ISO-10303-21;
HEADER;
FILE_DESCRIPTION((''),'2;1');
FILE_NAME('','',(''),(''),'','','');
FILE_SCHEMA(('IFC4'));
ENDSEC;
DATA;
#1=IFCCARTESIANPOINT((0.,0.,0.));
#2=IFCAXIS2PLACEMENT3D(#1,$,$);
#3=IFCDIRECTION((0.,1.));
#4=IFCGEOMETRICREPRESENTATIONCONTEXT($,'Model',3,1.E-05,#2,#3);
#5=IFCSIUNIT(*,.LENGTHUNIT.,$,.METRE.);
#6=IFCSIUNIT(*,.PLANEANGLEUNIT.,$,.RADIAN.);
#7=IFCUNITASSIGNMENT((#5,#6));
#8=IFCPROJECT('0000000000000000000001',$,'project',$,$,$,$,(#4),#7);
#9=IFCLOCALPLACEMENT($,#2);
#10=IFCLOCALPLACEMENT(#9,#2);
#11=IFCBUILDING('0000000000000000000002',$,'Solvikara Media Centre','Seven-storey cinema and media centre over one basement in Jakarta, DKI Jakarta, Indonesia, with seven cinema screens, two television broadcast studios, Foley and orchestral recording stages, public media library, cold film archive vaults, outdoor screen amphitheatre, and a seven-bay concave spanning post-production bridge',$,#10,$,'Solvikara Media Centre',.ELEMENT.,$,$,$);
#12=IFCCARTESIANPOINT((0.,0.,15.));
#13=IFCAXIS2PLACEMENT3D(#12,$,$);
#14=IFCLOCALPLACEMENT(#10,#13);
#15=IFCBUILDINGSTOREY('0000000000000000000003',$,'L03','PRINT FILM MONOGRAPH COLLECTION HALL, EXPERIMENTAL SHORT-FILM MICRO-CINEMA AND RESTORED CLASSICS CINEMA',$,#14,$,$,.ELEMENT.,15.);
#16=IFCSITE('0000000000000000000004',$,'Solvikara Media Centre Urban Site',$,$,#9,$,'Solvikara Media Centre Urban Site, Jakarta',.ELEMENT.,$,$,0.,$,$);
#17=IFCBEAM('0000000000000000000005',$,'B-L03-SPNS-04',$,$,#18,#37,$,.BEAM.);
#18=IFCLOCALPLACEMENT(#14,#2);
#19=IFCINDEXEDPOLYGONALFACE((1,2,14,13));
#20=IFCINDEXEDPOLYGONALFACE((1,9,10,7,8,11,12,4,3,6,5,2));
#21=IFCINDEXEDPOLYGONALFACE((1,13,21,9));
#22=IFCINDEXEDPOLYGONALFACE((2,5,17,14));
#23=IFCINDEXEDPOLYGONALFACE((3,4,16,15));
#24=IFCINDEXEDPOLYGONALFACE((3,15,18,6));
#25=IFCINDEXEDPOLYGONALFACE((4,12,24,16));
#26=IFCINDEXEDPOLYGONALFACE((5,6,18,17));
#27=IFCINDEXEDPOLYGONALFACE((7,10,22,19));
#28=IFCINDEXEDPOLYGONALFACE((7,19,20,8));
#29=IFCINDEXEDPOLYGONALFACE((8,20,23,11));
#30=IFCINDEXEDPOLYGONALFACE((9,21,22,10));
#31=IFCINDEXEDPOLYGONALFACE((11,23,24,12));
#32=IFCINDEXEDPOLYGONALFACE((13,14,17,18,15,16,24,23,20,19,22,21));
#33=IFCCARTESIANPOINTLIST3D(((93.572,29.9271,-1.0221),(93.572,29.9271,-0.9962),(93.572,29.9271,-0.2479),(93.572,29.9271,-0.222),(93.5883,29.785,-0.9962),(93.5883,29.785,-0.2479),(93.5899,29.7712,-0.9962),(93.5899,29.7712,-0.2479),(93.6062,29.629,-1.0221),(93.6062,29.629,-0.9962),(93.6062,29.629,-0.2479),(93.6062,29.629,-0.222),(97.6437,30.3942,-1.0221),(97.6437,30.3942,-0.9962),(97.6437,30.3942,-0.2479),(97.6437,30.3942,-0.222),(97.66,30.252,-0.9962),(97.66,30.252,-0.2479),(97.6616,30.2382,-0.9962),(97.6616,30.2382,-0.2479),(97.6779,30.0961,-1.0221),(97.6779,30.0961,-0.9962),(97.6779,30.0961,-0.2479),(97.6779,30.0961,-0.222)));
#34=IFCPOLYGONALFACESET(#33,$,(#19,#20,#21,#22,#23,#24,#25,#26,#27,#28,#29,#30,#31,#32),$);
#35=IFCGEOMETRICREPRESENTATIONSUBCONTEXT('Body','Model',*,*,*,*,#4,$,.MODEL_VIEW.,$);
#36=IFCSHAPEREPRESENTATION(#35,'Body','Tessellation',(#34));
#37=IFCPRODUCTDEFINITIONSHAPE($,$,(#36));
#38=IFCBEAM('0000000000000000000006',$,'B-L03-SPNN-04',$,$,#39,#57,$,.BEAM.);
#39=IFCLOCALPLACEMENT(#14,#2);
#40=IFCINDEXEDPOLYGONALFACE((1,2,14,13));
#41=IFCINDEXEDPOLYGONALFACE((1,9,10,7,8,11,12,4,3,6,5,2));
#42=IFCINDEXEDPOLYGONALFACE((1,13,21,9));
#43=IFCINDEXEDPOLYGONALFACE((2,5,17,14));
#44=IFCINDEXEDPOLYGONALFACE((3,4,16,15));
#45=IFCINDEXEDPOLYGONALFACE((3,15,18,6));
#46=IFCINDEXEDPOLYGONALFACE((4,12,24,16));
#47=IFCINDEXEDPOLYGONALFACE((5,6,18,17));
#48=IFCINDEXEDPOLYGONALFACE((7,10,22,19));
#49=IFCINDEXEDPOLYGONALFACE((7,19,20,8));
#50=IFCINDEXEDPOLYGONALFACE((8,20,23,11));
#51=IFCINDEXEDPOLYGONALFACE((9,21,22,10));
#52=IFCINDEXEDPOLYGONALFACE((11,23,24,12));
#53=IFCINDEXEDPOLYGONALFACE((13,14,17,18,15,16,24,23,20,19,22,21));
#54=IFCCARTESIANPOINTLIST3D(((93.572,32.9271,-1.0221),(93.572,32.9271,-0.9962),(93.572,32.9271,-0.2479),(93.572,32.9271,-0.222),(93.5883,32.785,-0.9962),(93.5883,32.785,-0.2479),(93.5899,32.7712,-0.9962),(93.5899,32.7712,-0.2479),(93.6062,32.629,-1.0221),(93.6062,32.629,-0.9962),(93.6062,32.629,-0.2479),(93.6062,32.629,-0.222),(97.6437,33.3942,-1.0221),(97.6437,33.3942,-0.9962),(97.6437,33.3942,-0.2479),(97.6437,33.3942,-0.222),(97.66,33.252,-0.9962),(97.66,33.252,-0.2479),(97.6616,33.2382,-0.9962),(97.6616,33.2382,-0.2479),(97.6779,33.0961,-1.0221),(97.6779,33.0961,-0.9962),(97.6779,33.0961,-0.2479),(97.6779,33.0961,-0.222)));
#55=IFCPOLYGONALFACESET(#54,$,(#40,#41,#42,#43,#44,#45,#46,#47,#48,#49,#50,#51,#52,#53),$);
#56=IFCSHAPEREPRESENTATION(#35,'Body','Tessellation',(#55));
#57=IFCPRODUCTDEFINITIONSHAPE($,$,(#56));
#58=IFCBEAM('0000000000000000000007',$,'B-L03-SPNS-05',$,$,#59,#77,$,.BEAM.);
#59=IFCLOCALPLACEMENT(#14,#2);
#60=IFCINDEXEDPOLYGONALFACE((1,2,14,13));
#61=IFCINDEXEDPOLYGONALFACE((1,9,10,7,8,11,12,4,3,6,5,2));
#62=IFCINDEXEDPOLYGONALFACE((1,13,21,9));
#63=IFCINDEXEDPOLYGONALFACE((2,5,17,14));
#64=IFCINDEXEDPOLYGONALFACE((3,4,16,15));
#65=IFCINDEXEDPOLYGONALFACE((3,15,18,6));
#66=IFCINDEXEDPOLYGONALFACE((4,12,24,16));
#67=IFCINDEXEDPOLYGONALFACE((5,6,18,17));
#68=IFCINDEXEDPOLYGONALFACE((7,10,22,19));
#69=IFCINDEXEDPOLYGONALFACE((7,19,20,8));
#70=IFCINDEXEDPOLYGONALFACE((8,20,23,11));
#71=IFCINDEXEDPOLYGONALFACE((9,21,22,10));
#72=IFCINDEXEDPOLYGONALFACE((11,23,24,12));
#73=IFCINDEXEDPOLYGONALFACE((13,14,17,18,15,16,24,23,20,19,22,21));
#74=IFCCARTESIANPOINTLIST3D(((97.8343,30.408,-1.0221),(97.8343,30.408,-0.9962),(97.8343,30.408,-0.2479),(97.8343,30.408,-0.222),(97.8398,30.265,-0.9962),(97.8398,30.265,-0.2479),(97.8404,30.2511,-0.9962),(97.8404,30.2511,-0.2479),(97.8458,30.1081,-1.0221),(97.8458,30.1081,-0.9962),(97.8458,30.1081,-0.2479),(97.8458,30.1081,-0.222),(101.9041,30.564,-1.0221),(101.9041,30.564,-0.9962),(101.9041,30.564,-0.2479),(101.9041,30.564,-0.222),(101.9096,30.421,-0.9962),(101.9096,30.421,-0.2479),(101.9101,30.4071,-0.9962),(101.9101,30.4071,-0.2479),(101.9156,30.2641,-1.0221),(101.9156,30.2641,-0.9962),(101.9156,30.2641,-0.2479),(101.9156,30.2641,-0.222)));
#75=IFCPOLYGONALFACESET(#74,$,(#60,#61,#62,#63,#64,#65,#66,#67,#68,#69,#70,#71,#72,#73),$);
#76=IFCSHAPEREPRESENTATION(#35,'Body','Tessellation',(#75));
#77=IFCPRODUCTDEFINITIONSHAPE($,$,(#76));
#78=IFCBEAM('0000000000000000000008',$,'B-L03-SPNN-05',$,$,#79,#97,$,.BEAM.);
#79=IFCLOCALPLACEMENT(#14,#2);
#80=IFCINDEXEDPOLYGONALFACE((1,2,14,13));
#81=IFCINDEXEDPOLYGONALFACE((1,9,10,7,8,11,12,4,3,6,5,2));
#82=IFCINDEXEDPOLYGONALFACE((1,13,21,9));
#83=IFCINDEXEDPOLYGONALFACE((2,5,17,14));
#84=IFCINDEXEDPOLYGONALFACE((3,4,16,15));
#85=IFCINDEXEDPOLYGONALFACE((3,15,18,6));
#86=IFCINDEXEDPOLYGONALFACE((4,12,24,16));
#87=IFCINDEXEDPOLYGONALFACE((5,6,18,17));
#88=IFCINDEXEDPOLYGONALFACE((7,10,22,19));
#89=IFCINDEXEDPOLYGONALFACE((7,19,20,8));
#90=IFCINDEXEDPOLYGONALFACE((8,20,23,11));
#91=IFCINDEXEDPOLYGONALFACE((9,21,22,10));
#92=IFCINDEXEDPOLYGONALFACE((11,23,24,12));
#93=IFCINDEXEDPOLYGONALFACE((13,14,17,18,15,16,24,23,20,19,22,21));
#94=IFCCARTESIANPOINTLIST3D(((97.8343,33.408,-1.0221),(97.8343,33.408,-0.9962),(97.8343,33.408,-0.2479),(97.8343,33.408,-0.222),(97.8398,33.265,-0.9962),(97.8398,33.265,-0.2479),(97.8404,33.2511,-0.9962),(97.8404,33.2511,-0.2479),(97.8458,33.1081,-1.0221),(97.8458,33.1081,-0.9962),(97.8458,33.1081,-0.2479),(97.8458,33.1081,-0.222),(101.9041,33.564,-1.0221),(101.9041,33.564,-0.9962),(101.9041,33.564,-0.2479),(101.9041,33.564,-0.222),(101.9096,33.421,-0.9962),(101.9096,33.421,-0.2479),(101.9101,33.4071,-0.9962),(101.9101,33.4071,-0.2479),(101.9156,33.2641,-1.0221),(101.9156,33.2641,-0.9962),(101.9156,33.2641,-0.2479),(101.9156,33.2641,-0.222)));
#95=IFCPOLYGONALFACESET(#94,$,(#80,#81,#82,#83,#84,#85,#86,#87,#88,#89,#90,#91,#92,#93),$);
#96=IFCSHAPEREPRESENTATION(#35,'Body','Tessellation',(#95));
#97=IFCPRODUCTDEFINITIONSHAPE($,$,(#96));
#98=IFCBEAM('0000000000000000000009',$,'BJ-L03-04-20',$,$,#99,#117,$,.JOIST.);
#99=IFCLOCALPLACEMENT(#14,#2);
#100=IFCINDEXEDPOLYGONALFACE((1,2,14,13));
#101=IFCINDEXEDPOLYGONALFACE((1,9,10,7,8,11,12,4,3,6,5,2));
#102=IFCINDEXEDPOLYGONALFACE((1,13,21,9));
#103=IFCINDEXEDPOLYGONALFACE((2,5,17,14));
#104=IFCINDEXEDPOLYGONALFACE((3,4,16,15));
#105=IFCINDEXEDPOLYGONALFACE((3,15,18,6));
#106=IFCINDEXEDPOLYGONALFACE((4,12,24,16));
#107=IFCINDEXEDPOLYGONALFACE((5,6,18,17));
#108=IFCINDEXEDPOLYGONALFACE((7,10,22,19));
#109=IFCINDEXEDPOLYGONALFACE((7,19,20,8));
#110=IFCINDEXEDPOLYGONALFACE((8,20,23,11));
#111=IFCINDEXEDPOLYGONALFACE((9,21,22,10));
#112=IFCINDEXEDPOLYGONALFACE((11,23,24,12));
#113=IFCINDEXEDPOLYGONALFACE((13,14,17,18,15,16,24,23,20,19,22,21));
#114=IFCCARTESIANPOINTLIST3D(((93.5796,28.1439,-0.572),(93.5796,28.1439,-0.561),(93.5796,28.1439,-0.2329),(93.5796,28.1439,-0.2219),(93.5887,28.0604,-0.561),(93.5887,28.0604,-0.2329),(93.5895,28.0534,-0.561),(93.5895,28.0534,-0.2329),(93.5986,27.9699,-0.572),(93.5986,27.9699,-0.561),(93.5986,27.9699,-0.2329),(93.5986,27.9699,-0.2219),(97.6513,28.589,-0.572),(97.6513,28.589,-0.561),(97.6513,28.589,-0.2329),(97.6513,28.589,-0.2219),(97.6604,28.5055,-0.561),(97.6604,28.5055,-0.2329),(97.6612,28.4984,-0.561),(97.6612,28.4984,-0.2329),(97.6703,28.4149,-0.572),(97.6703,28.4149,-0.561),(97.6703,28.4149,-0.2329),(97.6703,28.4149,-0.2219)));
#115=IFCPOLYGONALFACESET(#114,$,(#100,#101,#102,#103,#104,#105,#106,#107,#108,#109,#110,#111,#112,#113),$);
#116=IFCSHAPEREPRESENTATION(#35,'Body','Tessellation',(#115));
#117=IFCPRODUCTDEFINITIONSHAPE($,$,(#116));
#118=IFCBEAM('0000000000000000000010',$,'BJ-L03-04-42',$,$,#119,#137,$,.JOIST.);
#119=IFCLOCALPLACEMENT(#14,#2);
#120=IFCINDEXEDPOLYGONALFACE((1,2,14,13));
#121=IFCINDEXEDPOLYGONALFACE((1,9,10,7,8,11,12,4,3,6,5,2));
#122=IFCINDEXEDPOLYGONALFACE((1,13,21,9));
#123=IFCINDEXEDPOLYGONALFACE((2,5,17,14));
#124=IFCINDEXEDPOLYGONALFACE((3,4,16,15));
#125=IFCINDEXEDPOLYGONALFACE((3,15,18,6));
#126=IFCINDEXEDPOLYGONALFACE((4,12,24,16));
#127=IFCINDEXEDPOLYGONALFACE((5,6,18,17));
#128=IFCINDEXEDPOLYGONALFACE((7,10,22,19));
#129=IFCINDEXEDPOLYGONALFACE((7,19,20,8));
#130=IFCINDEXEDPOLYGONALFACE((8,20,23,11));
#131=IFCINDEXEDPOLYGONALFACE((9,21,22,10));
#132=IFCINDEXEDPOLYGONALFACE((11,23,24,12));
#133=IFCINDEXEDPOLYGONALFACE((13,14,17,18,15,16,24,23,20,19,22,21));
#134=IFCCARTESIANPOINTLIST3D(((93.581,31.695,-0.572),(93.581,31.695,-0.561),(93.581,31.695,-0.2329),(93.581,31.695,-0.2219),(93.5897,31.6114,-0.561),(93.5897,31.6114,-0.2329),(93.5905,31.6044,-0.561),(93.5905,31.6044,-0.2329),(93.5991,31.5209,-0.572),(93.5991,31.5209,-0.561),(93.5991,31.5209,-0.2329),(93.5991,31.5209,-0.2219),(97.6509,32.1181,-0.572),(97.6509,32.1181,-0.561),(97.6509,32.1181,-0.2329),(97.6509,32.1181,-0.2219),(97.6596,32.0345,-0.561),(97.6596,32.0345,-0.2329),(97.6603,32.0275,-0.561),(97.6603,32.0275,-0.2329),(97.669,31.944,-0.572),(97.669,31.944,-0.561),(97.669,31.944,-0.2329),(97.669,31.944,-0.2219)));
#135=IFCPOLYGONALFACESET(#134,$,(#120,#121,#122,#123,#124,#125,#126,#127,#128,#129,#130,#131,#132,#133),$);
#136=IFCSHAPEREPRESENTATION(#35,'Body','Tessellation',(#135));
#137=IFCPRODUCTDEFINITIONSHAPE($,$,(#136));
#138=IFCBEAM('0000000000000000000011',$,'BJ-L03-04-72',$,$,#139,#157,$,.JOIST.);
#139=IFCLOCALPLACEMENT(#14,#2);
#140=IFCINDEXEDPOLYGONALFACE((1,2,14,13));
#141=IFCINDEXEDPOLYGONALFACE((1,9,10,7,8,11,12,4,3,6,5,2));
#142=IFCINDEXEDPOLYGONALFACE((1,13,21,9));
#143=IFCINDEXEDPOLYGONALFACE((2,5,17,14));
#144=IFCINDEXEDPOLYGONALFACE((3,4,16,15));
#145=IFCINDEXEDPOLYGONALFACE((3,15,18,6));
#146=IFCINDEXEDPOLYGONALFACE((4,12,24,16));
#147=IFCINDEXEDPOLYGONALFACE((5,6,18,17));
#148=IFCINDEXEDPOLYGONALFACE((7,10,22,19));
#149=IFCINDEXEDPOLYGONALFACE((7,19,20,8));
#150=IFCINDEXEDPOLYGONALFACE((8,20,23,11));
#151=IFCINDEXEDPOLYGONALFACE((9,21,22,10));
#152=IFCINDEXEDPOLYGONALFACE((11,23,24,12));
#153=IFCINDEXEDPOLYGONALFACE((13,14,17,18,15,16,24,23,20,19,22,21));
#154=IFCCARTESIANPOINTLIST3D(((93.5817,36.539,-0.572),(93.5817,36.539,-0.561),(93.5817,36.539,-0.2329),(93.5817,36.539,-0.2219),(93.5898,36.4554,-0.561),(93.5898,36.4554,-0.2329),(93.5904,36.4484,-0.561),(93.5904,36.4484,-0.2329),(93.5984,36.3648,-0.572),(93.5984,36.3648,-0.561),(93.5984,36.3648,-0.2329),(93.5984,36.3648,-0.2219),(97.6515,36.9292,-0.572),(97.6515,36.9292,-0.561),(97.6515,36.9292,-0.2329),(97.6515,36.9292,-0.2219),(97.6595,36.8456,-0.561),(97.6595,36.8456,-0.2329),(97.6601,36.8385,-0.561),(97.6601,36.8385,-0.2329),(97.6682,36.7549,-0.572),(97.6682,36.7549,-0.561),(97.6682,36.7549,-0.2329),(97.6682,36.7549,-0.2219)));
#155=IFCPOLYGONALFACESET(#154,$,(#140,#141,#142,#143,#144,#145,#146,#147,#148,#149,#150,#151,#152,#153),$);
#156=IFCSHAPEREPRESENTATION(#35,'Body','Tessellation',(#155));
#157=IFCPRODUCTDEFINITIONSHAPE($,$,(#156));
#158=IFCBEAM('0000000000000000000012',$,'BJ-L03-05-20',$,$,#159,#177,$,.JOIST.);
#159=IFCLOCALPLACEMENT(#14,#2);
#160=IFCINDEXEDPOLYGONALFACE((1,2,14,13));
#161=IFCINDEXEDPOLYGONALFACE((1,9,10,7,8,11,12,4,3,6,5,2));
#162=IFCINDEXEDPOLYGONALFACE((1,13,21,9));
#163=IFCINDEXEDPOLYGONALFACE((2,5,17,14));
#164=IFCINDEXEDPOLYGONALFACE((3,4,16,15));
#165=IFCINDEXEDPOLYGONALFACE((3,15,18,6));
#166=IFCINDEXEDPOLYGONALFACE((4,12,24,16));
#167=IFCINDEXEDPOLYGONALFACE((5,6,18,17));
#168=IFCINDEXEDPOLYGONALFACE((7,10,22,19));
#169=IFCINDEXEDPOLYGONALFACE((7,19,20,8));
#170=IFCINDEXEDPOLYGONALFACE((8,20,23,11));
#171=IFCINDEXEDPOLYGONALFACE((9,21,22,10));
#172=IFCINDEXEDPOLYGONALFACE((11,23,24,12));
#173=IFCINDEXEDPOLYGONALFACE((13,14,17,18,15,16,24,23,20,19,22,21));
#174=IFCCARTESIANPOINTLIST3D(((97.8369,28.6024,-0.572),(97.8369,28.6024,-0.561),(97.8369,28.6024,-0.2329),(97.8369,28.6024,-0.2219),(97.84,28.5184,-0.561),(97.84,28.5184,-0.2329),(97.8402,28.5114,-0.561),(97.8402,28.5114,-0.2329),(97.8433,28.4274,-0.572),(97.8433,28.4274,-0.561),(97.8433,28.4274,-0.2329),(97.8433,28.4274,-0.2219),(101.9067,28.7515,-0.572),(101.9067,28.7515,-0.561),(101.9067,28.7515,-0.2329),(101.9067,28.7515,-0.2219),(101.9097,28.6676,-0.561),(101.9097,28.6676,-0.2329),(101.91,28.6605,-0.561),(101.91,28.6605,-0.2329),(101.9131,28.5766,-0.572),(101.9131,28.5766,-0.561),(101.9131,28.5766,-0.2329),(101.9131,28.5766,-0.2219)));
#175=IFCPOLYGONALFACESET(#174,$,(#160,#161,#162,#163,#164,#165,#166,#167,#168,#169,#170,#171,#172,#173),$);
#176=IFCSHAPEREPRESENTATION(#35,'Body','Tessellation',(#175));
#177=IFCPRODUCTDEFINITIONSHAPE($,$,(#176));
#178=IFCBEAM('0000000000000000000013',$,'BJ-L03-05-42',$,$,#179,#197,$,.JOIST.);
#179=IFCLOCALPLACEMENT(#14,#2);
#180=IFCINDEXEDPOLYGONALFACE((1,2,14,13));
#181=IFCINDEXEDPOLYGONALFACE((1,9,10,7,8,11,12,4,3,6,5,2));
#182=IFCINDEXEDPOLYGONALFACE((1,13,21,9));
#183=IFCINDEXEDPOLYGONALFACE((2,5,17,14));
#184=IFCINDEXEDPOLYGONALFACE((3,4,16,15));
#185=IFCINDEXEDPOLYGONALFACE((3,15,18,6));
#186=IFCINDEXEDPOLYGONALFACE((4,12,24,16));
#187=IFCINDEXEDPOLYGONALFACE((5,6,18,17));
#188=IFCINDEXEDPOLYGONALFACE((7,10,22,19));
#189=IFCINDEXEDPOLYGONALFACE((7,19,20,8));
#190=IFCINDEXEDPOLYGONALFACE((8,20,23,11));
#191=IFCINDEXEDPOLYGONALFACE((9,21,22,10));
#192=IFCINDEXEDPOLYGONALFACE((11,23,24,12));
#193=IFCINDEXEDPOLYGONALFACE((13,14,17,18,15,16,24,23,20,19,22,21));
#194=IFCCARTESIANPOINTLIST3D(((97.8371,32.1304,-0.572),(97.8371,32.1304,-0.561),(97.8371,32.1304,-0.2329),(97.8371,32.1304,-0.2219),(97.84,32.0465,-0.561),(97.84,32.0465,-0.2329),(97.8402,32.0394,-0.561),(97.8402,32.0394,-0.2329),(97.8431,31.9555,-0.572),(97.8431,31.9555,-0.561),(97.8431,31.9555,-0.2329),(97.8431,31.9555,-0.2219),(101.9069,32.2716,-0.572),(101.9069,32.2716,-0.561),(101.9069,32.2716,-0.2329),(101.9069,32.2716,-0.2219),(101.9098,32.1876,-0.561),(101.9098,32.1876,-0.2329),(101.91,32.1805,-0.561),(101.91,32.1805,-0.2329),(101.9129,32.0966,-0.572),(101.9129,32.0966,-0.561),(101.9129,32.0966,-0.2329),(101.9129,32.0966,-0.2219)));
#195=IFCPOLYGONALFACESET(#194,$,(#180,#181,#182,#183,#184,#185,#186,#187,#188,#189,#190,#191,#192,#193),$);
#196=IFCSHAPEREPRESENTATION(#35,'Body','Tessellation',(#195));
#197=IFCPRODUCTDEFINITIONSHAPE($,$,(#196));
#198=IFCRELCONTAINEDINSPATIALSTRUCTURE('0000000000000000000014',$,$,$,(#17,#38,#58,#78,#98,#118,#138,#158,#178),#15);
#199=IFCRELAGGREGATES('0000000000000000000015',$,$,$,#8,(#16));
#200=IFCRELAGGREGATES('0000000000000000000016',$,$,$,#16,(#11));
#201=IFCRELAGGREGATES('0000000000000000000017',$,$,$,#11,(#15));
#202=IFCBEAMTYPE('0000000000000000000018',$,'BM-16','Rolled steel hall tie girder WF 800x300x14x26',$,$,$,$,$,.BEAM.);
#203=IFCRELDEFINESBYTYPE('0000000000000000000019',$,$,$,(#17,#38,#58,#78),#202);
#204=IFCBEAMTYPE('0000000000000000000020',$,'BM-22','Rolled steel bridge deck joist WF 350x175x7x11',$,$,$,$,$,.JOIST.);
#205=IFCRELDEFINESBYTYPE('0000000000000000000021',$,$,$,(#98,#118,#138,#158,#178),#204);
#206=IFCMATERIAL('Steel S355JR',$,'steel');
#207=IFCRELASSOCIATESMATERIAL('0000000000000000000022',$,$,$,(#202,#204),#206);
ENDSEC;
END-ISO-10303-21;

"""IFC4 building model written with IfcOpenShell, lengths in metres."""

from ifc_helpers import new_model, si_unit, direction, frame, origin, origin_2d, place, context, subcontext, project, spatial, i_section, extrude, material, material_profile, profile_set, type_object, element, save


model = new_model("IFC4")

# Units and contexts
model_context = context("Model", 3, precision=1e-05, world=origin(), true_north=direction((0.0, 1.0)))
body_context = subcontext(model_context, "Body", "Model", "MODEL_VIEW")
ifc_project = project(units=[si_unit("LENGTHUNIT", "METRE"), si_unit("PLANEANGLEUNIT", "RADIAN")], contexts=[model_context])

# Site, building, storey
site_placement = place(None, origin())
site = spatial("IfcSite", under=ifc_project, at=site_placement, Name="Solvikara Media Centre Urban Site", LongName="Solvikara Media Centre Urban Site, Jakarta", CompositionType="ELEMENT", RefElevation=0.0)
building_placement = place(site_placement, origin())
building = spatial("IfcBuilding", under=site, at=building_placement, Name="Solvikara Media Centre", Description="Seven-storey cinema and media centre over one basement in Jakarta, DKI Jakarta, Indonesia, with seven cinema screens, two television broadcast studios, Foley and orchestral recording stages, public media library, cold film archive vaults, outdoor screen amphitheatre, and a seven-bay concave spanning post-production bridge", LongName="Solvikara Media Centre", CompositionType="ELEMENT")
storey_placement = place(building_placement, frame((0.0, 0.0, 15.0)))
storey = spatial("IfcBuildingStorey", under=building, at=storey_placement, Name="L03", Description="PRINT FILM MONOGRAPH COLLECTION HALL, EXPERIMENTAL SHORT-FILM MICRO-CINEMA AND RESTORED CLASSICS CINEMA", CompositionType="ELEMENT", Elevation=15.0)

# Beams
ifc_material_1 = material(Name="Steel S355JR", Category="steel")
ifc_material_profile_1 = material_profile(ifc_material_1, i_section(OverallWidth=0.3, OverallDepth=0.8, WebThickness=0.0139, FlangeThickness=0.0259, at=origin_2d()), Name="WF 800x300x14x26")
ifc_profile_set_1 = profile_set([ifc_material_profile_1], Name="Steel S355JR")
beam_type_1 = type_object("IfcBeamType", Name="BM-16", Description="Rolled steel hall tie girder WF 800x300x14x26", PredefinedType="BEAM", material=ifc_profile_set_1)
for number, where, z_axis, x_axis, name in (
    (1, (93.5891, 29.7781, -0.6221), (0.993486, 0.113955, 0.0), (-0.113955, 0.993486, 0.0), "B-L03-SPNS-04"),
    (2, (93.5891, 32.7781, -0.6221), (0.993486, 0.113955, 0.0), (-0.113955, 0.993486, 0.0), "B-L03-SPNN-04"),
):
    element("IfcBeam", number, at=place(storey_placement, frame(where, z_axis=z_axis, x_axis=x_axis)), inside=storey, type_object=beam_type_1, Name=name, PredefinedType="BEAM", context=body_context, shape_type="SweptSolid", body=[
        extrude(i_section(OverallWidth=0.3, OverallDepth=0.8, WebThickness=0.0139, FlangeThickness=0.0259, at=origin_2d()), origin(), (0.0, 0.0, 1.0), 4.0984),
    ])
for number, where, z_axis, x_axis, name in (
    (3, (97.8401, 30.2581, -0.6221), (0.999266, 0.038304, 0.0), (-0.038304, 0.999266, 0.0), "B-L03-SPNS-05"),
    (4, (97.8401, 33.2581, -0.6221), (0.999266, 0.038304, 0.0), (-0.038304, 0.999266, 0.0), "B-L03-SPNN-05"),
):
    element("IfcBeam", number, at=place(storey_placement, frame(where, z_axis=z_axis, x_axis=x_axis)), inside=storey, type_object=beam_type_1, Name=name, PredefinedType="BEAM", context=body_context, shape_type="SweptSolid", body=[
        extrude(i_section(OverallWidth=0.3, OverallDepth=0.8, WebThickness=0.0139, FlangeThickness=0.0259, at=origin_2d()), origin(), (0.0, 0.0, 1.0), 4.0728),
    ])
ifc_material_profile_2 = material_profile(ifc_material_1, i_section(OverallWidth=0.175, OverallDepth=0.3501, WebThickness=0.0071, FlangeThickness=0.011, at=origin_2d()), Name="WF 350x175x7x11")
ifc_profile_set_2 = profile_set([ifc_material_profile_2], Name="Steel S355JR")
beam_type_2 = type_object("IfcBeamType", Name="BM-22", Description="Rolled steel bridge deck joist WF 350x175x7x11", PredefinedType="JOIST", material=ifc_profile_set_2)
beam_1_placement = place(storey_placement, frame((93.5891, 28.0569, -0.397), z_axis=(0.994079, 0.108658, 0.0), x_axis=(-0.108658, 0.994079, 0.0)))
element("IfcBeam", 5, at=beam_1_placement, inside=storey, type_object=beam_type_2, Name="BJ-L03-04-20", PredefinedType="JOIST", context=body_context, shape_type="SweptSolid", body=[
    extrude(i_section(OverallWidth=0.175, OverallDepth=0.3501, WebThickness=0.0071, FlangeThickness=0.011, at=origin_2d()), origin(), (0.0, 0.0, 1.0), 4.0959),
])
beam_2_placement = place(storey_placement, frame((93.5901, 31.6079, -0.397), z_axis=(0.99464, 0.103402, 0.0), x_axis=(-0.103402, 0.99464, 0.0)))
element("IfcBeam", 6, at=beam_2_placement, inside=storey, type_object=beam_type_2, Name="BJ-L03-04-42", PredefinedType="JOIST", context=body_context, shape_type="SweptSolid", body=[
    extrude(i_section(OverallWidth=0.175, OverallDepth=0.3501, WebThickness=0.0071, FlangeThickness=0.011, at=origin_2d()), origin(), (0.0, 0.0, 1.0), 4.0918),
])
beam_3_placement = place(storey_placement, frame((93.5901, 36.4519, -0.397), z_axis=(0.995437, 0.095423, 0.0), x_axis=(-0.095423, 0.995437, 0.0)))
element("IfcBeam", 7, at=beam_3_placement, inside=storey, type_object=beam_type_2, Name="BJ-L03-04-72", PredefinedType="JOIST", context=body_context, shape_type="SweptSolid", body=[
    extrude(i_section(OverallWidth=0.175, OverallDepth=0.3501, WebThickness=0.0071, FlangeThickness=0.011, at=origin_2d()), origin(), (0.0, 0.0, 1.0), 4.0884),
])
beam_4_placement = place(storey_placement, frame((97.8401, 28.5149, -0.397), z_axis=(0.999329, 0.036628, 0.0), x_axis=(-0.036628, 0.999329, 0.0)))
element("IfcBeam", 8, at=beam_4_placement, inside=storey, type_object=beam_type_2, Name="BJ-L03-05-20", PredefinedType="JOIST", context=body_context, shape_type="SweptSolid", body=[
    extrude(i_section(OverallWidth=0.175, OverallDepth=0.3501, WebThickness=0.0071, FlangeThickness=0.011, at=origin_2d()), origin(), (0.0, 0.0, 1.0), 4.0725),
])
beam_5_placement = place(storey_placement, frame((97.8401, 32.043, -0.397), z_axis=(0.999399, 0.034652, 0.0), x_axis=(-0.034652, 0.999399, 0.0)))
element("IfcBeam", 9, at=beam_5_placement, inside=storey, type_object=beam_type_2, Name="BJ-L03-05-42", PredefinedType="JOIST", context=body_context, shape_type="SweptSolid", body=[
    extrude(i_section(OverallWidth=0.175, OverallDepth=0.3501, WebThickness=0.0071, FlangeThickness=0.011, at=origin_2d()), origin(), (0.0, 0.0, 1.0), 4.0723),
])

save(model, "model.ifc")
